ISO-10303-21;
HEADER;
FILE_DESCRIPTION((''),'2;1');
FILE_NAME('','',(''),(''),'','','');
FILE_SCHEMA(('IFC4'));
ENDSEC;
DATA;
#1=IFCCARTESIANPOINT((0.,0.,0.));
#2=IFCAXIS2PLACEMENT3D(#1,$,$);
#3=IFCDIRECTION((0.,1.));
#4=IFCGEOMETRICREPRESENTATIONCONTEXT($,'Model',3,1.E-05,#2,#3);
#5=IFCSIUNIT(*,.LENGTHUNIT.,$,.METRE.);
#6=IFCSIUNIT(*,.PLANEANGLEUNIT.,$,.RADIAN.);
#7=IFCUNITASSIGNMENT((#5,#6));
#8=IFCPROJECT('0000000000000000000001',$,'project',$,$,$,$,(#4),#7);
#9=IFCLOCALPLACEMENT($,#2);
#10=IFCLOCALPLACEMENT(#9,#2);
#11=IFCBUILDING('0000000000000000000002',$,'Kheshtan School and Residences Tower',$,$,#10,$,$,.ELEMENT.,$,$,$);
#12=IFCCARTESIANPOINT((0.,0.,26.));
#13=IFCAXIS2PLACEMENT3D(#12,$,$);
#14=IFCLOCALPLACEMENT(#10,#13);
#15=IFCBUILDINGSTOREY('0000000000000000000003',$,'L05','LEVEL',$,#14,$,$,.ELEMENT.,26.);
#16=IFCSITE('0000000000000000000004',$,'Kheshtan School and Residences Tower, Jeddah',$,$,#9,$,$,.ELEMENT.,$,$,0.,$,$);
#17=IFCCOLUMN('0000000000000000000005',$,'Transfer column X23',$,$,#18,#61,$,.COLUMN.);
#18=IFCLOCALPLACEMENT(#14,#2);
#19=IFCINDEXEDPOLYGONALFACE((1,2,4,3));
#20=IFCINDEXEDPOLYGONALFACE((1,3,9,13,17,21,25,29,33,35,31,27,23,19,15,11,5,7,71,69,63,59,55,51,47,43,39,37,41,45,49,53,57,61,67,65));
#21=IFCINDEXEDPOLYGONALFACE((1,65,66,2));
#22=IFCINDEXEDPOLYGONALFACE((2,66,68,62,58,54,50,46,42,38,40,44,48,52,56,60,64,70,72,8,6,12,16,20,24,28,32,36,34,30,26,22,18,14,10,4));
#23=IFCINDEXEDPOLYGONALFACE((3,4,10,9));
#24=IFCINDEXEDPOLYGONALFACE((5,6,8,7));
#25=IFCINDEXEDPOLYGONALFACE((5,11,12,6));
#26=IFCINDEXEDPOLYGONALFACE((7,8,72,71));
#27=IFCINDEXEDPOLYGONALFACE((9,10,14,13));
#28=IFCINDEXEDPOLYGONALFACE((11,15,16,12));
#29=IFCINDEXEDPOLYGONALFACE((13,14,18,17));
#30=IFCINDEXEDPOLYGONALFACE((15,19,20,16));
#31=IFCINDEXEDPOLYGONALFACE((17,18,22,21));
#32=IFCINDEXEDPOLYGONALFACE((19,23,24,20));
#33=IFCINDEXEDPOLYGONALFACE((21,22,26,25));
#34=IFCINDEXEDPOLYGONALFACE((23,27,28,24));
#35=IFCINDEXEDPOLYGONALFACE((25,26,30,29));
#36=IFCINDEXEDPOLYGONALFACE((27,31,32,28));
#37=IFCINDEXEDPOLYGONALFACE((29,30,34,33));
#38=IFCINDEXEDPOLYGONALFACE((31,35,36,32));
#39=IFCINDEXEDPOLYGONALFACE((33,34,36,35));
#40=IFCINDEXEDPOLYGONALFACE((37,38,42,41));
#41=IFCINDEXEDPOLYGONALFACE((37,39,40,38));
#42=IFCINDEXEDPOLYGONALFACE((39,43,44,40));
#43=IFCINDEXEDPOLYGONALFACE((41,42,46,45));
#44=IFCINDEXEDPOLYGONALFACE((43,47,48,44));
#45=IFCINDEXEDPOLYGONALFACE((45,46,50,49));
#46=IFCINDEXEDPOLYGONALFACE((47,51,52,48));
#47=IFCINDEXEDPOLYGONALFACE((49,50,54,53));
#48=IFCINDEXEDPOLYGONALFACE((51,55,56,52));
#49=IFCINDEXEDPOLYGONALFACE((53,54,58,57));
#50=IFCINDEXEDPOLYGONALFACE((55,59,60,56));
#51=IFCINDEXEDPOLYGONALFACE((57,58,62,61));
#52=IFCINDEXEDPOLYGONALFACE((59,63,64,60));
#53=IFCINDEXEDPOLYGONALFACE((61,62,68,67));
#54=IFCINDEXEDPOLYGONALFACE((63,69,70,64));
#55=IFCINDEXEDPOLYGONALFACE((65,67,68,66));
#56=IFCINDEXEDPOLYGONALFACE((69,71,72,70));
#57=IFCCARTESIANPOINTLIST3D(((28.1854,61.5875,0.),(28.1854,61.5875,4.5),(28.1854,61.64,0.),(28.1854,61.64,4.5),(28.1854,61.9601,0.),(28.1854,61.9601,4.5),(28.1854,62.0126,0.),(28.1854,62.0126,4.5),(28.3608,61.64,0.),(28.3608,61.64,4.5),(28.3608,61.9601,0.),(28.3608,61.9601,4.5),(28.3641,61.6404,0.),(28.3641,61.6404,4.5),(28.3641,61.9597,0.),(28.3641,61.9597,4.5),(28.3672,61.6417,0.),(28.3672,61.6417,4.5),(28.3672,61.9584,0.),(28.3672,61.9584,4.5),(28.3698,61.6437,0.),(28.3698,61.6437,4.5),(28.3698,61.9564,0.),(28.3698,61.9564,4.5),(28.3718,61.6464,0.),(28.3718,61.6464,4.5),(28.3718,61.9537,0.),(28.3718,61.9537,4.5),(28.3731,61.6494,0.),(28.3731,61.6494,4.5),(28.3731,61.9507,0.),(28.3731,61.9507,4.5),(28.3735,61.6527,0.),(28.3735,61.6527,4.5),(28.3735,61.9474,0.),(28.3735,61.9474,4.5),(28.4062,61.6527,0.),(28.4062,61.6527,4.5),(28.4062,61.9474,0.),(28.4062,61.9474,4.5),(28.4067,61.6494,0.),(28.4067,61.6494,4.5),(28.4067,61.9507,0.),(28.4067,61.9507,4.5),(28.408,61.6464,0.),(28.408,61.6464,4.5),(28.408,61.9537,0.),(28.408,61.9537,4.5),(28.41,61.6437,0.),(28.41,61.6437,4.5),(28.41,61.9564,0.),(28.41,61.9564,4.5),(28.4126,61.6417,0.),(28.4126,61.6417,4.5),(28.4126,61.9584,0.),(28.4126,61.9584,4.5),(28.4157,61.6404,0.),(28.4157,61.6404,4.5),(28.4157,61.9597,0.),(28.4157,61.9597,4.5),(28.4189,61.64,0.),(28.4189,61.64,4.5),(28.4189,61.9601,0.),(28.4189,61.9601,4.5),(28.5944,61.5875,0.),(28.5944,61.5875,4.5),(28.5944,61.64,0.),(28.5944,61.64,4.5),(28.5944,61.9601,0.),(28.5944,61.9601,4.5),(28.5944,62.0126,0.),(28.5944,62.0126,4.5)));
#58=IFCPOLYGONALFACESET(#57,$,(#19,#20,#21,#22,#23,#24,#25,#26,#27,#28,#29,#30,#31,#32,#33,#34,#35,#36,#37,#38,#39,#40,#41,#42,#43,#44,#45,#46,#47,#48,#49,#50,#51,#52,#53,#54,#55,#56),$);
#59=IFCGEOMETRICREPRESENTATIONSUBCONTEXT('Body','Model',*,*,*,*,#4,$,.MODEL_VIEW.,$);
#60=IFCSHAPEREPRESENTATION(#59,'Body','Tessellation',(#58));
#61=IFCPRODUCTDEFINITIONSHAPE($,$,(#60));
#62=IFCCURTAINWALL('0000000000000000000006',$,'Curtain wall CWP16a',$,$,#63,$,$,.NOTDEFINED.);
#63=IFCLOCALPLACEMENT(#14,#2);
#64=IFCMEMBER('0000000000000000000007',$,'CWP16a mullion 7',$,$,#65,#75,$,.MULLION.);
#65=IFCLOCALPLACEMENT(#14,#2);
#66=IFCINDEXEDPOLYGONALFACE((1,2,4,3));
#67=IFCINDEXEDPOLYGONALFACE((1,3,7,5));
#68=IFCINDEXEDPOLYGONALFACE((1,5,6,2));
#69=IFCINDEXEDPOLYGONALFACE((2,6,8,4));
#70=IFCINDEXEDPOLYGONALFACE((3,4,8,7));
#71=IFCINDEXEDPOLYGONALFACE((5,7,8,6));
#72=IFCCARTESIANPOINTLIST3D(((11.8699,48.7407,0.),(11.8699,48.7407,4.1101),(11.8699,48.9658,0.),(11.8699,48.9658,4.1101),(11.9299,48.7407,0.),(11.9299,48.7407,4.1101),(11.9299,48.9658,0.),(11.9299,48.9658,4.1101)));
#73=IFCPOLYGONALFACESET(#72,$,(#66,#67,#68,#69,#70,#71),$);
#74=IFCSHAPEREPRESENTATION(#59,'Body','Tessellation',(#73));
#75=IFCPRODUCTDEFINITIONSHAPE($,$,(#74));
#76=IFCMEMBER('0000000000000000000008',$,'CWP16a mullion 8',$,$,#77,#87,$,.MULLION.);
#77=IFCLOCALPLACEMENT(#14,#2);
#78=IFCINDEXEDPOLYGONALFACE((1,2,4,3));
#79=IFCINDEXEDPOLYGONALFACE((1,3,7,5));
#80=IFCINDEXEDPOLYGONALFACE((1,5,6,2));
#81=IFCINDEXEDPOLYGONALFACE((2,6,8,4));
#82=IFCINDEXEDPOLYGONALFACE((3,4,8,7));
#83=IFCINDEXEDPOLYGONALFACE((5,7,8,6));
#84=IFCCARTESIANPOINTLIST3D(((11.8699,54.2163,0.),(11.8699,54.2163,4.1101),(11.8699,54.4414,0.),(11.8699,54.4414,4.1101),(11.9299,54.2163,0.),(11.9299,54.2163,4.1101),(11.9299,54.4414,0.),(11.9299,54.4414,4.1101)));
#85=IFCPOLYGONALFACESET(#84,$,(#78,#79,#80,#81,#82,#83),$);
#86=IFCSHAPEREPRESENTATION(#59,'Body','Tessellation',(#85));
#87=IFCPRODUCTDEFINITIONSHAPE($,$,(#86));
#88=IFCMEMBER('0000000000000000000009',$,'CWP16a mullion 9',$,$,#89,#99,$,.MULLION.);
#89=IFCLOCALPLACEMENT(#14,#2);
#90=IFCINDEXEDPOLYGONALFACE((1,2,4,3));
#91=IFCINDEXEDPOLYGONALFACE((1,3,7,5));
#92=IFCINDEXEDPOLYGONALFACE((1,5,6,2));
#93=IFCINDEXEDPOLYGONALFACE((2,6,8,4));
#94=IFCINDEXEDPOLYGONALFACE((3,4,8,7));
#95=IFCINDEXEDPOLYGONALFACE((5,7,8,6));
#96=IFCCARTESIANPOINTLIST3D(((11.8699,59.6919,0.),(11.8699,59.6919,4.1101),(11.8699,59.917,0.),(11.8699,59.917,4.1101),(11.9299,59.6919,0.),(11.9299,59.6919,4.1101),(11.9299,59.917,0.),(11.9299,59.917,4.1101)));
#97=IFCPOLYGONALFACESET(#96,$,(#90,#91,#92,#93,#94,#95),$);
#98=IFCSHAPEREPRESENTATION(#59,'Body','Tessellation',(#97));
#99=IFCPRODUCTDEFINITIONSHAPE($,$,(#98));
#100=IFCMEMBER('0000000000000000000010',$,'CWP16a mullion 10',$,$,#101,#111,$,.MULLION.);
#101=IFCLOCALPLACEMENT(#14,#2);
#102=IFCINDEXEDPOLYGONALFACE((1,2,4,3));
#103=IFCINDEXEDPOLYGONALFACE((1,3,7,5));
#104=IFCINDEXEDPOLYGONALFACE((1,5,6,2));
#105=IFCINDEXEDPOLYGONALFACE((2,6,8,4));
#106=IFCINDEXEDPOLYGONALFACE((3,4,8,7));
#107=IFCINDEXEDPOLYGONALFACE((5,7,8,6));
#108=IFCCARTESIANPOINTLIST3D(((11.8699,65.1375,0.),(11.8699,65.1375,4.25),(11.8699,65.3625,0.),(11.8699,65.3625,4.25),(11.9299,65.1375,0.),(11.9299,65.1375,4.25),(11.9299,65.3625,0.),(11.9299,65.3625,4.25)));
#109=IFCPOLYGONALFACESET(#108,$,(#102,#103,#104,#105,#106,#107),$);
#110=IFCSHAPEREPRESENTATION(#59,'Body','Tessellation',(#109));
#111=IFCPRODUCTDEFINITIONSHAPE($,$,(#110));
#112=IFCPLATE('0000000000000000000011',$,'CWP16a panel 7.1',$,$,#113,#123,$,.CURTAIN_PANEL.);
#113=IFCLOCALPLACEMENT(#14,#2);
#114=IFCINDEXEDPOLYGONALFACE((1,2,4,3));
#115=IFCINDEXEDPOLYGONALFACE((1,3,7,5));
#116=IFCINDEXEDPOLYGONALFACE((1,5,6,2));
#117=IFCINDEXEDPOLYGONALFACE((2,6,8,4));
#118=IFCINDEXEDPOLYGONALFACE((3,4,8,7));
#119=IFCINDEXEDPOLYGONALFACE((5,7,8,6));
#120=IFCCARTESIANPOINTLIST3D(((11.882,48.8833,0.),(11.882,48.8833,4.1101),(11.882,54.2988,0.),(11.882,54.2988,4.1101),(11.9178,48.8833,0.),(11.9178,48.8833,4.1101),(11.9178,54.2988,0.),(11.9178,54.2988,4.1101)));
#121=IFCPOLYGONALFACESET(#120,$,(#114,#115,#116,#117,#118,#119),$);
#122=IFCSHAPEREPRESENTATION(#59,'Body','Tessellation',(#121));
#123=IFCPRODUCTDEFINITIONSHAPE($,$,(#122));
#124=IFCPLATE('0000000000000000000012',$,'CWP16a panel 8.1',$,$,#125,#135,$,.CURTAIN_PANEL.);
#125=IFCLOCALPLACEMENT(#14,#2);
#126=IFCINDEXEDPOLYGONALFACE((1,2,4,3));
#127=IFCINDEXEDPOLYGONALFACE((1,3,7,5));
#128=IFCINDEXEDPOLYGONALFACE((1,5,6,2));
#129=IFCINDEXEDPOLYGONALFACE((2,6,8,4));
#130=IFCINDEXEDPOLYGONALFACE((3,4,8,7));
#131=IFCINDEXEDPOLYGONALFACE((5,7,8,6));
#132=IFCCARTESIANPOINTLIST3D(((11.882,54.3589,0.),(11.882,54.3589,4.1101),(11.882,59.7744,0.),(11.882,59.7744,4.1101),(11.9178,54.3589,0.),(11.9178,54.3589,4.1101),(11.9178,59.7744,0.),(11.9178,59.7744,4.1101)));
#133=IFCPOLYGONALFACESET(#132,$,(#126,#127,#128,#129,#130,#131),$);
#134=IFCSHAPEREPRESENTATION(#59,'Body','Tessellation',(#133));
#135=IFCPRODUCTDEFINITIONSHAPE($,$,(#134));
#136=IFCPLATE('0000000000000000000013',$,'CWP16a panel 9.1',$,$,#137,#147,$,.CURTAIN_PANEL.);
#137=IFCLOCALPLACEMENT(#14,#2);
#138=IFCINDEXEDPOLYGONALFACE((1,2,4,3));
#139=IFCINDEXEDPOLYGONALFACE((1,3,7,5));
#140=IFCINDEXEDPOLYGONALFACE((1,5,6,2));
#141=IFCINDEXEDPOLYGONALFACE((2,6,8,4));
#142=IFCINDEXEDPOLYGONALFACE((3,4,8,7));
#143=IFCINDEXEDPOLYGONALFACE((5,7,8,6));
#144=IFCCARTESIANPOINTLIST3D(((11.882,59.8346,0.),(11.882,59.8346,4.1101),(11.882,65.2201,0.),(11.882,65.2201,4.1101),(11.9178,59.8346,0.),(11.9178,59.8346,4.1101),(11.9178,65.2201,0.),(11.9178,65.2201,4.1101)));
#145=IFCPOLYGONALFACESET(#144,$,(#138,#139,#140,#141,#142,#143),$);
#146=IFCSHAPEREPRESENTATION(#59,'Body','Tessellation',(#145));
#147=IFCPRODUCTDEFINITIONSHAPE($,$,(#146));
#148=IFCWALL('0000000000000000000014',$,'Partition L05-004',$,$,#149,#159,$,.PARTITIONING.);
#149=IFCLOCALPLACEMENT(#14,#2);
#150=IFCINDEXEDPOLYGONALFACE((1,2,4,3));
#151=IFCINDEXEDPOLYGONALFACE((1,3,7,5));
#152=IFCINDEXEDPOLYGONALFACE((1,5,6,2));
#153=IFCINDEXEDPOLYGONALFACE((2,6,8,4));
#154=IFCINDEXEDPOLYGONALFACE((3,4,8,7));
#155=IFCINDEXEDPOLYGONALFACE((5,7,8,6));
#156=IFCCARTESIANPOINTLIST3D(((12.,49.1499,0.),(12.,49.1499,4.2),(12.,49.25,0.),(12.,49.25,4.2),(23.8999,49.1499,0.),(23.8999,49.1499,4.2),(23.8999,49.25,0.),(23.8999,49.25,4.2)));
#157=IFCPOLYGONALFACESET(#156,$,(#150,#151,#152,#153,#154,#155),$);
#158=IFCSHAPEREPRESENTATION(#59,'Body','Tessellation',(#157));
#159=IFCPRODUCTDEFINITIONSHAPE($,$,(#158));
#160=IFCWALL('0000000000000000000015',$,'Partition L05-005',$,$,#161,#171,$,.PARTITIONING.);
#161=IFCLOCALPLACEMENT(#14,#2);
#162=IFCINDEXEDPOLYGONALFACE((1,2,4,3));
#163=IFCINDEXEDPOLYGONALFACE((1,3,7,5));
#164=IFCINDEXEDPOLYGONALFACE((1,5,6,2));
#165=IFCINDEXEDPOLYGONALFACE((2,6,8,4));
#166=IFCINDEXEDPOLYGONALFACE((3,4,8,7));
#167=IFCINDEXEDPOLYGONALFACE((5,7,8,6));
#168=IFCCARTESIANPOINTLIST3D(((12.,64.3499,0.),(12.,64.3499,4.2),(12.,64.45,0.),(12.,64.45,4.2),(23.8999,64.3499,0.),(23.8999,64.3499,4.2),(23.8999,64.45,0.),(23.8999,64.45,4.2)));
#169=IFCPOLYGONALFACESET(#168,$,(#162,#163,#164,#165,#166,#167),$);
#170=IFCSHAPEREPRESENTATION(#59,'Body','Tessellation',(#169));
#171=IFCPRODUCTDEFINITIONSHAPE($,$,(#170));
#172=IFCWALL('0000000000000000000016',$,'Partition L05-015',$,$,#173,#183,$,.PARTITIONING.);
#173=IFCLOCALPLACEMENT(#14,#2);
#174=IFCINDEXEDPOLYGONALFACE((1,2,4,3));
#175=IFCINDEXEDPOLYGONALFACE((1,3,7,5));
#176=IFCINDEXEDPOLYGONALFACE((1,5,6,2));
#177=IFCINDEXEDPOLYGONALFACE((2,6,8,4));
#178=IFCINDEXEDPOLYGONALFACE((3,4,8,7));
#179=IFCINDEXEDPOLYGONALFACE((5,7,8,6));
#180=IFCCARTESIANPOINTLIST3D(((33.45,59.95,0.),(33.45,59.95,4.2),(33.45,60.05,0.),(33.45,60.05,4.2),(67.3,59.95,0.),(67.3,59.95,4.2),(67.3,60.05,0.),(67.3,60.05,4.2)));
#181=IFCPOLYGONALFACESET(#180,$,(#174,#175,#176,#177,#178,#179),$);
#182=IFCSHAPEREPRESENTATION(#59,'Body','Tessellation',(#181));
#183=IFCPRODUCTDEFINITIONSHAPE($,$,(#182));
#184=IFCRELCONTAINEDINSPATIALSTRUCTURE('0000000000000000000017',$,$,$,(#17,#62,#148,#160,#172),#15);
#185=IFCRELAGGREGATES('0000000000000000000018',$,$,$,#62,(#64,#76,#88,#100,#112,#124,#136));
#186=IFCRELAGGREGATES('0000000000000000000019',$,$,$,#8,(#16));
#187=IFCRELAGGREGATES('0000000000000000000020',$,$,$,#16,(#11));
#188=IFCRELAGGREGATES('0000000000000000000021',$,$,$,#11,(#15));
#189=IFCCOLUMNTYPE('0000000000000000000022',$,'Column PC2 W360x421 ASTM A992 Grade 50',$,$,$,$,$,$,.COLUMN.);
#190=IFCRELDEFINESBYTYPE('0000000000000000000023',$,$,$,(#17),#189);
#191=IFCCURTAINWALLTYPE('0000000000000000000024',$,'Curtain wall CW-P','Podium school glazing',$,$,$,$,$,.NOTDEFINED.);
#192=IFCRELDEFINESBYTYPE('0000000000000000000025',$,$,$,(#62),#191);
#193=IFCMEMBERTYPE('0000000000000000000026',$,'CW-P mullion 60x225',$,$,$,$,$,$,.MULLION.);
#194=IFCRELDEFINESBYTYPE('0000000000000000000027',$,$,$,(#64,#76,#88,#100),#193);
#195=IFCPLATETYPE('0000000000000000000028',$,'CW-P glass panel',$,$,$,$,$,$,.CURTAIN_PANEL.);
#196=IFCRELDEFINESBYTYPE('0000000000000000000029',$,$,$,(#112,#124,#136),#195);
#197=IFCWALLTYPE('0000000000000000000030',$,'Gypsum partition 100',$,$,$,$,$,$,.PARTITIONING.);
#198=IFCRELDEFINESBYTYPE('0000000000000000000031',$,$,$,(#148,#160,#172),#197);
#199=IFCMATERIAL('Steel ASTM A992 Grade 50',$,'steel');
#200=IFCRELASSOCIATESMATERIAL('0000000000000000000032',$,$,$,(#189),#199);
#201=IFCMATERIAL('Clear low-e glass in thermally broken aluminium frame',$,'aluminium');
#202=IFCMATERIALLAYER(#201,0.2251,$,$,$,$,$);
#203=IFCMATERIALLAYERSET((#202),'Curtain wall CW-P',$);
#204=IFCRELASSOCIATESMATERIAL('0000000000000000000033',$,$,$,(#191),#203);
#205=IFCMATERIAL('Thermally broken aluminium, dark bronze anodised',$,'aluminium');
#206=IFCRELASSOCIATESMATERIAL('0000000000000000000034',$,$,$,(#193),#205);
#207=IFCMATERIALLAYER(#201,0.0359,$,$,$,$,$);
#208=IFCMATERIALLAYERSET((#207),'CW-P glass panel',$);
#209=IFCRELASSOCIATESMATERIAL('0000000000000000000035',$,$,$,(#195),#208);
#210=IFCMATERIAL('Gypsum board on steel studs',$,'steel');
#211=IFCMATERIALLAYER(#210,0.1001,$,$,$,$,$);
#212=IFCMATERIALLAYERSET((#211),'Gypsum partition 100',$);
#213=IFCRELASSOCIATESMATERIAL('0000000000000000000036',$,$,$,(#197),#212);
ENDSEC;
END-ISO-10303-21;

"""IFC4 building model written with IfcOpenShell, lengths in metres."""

from ifc_helpers import new_model, si_unit, direction, frame, frame_2d, origin, origin_2d, place, context, subcontext, project, spatial, rectangle, i_section, extrude, material, layer, layer_set, material_profile, profile_set, type_object, element, aggregate, save


model = new_model("IFC4")

# Units and contexts
model_context = context("Model", 3, precision=1e-05, world=origin(), true_north=direction((0.0, 1.0)))
body_context = subcontext(model_context, "Body", "Model", "MODEL_VIEW")
ifc_project = project(units=[si_unit("LENGTHUNIT", "METRE"), si_unit("PLANEANGLEUNIT", "RADIAN")], contexts=[model_context])

# Site, building, storey
site_placement = place(None, origin())
site = spatial("IfcSite", under=ifc_project, at=site_placement, Name="Kheshtan School and Residences Tower, Jeddah", CompositionType="ELEMENT", RefElevation=0.0)
building_placement = place(site_placement, origin())
building = spatial("IfcBuilding", under=site, at=building_placement, Name="Kheshtan School and Residences Tower", CompositionType="ELEMENT")
storey_placement = place(building_placement, frame((0.0, 0.0, 26.0)))
storey = spatial("IfcBuildingStorey", under=building, at=storey_placement, Name="L05", Description="LEVEL", CompositionType="ELEMENT", Elevation=26.0)

# Column
ifc_material_1 = material(Name="Steel ASTM A992 Grade 50", Category="steel")
ifc_material_profile_1 = material_profile(ifc_material_1, i_section(OverallWidth=0.4089, OverallDepth=0.425, WebThickness=0.0327, FlangeThickness=0.0525, FilletRadius=0.0127, at=origin_2d()), Name="W360x421")
ifc_profile_set_1 = profile_set([ifc_material_profile_1], Name="Steel ASTM A992 Grade 50")
column_type = type_object("IfcColumnType", Name="Column PC2 W360x421 ASTM A992 Grade 50", PredefinedType="COLUMN", material=ifc_profile_set_1)
for number, where, z_axis, x_axis, name in (
    (1, (28.3899, 61.8, 0.0), (0.0, 0.0, 1.0), (1.0, 0.0, 0.0), "Transfer column X23"),
):
    element("IfcColumn", number, at=place(storey_placement, frame(where, z_axis=z_axis, x_axis=x_axis)), inside=storey, type_object=column_type, Name=name, PredefinedType="COLUMN", context=body_context, shape_type="SweptSolid", body=[
        extrude(i_section(OverallWidth=0.4089, OverallDepth=0.425, WebThickness=0.0327, FlangeThickness=0.0525, FilletRadius=0.0127, at=origin_2d()), origin(), (0.0, 0.0, 1.0), 4.5),
    ])

# Curtain wall, members, plates
ifc_material_2 = material(Name="Clear low-e glass in thermally broken aluminium frame", Category="aluminium")
ifc_layer_1 = layer(ifc_material_2, 0.2251)
ifc_layer_set_1 = layer_set([ifc_layer_1], Name="Curtain wall CW-P")
curtain_wall_type = type_object("IfcCurtainWallType", Name="Curtain wall CW-P", Description="Podium school glazing", PredefinedType="NOTDEFINED", material=ifc_layer_set_1)
curtain_wall_placement = place(storey_placement, origin())
curtain_wall = element("IfcCurtainWall", 2, at=curtain_wall_placement, inside=storey, type_object=curtain_wall_type, Name="Curtain wall CWP16a", PredefinedType="NOTDEFINED")
ifc_material_3 = material(Name="Thermally broken aluminium, dark bronze anodised", Category="aluminium")
ifc_material_profile_2 = material_profile(ifc_material_3, rectangle(XDim=0.0601, YDim=0.2251, at=origin_2d()), Name="CW-P mullion 60x225")
ifc_profile_set_2 = profile_set([ifc_material_profile_2], Name="Thermally broken aluminium, dark bronze anodised")
member_type = type_object("IfcMemberType", Name="CW-P mullion 60x225", PredefinedType="MULLION", material=ifc_profile_set_2)
member_1_placement = place(storey_placement, frame((11.8999, 48.8533, 0.0), z_axis=(0.0, 0.0, 1.0), x_axis=(-1.0, 0.0, 0.0)))
member_1 = element("IfcMember", 3, at=member_1_placement, type_object=member_type, Name="CWP16a mullion 7", PredefinedType="MULLION", context=body_context, shape_type="SweptSolid", body=[
    extrude(rectangle(XDim=0.0601, YDim=0.2251, at=origin_2d()), origin(), (0.0, 0.0, 1.0), 4.1101),
])
member_2_placement = place(storey_placement, frame((11.8999, 54.3289, 0.0), z_axis=(0.0, 0.0, 1.0), x_axis=(-1.0, 0.0, 0.0)))
member_2 = element("IfcMember", 4, at=member_2_placement, type_object=member_type, Name="CWP16a mullion 8", PredefinedType="MULLION", context=body_context, shape_type="SweptSolid", body=[
    extrude(rectangle(XDim=0.0601, YDim=0.2251, at=origin_2d()), origin(), (0.0, 0.0, 1.0), 4.1101),
])
member_3_placement = place(storey_placement, frame((11.8999, 59.8044, 0.0), z_axis=(0.0, 0.0, 1.0), x_axis=(-1.0, 0.0, 0.0)))
member_3 = element("IfcMember", 5, at=member_3_placement, type_object=member_type, Name="CWP16a mullion 9", PredefinedType="MULLION", context=body_context, shape_type="SweptSolid", body=[
    extrude(rectangle(XDim=0.0601, YDim=0.2251, at=origin_2d()), origin(), (0.0, 0.0, 1.0), 4.1101),
])
member_4_placement = place(storey_placement, frame((11.8999, 65.25, 0.0), z_axis=(0.0, 0.0, 1.0), x_axis=(-1.0, 0.0, 0.0)))
member_4 = element("IfcMember", 6, at=member_4_placement, type_object=member_type, Name="CWP16a mullion 10", PredefinedType="MULLION", context=body_context, shape_type="SweptSolid", body=[
    extrude(rectangle(XDim=0.0601, YDim=0.2251, at=origin_2d()), origin(), (0.0, 0.0, 1.0), 4.25),
])
ifc_layer_2 = layer(ifc_material_2, 0.0359)
ifc_layer_set_2 = layer_set([ifc_layer_2], Name="CW-P glass panel")
plate_type = type_object("IfcPlateType", Name="CW-P glass panel", PredefinedType="CURTAIN_PANEL", material=ifc_layer_set_2)
plate_1_placement = place(storey_placement, frame((11.8999, 51.5911, 0.0), z_axis=(0.0, 0.0, 1.0), x_axis=(0.0, 1.0, 0.0)))
plate_1 = element("IfcPlate", 7, at=plate_1_placement, type_object=plate_type, Name="CWP16a panel 7.1", PredefinedType="CURTAIN_PANEL", context=body_context, shape_type="SweptSolid", body=[
    extrude(rectangle(XDim=5.4155, YDim=0.0359, at=origin_2d()), origin(), (0.0, 0.0, 1.0), 4.1101),
])
plate_2_placement = place(storey_placement, frame((11.8999, 57.0667, 0.0), z_axis=(0.0, 0.0, 1.0), x_axis=(0.0, 1.0, 0.0)))
plate_2 = element("IfcPlate", 8, at=plate_2_placement, type_object=plate_type, Name="CWP16a panel 8.1", PredefinedType="CURTAIN_PANEL", context=body_context, shape_type="SweptSolid", body=[
    extrude(rectangle(XDim=5.4155, YDim=0.0359, at=origin_2d()), origin(), (0.0, 0.0, 1.0), 4.1101),
])
plate_3_placement = place(storey_placement, frame((11.8999, 62.5273, 0.0), z_axis=(0.0, 0.0, 1.0), x_axis=(0.0, 1.0, 0.0)))
plate_3 = element("IfcPlate", 9, at=plate_3_placement, type_object=plate_type, Name="CWP16a panel 9.1", PredefinedType="CURTAIN_PANEL", context=body_context, shape_type="SweptSolid", body=[
    extrude(rectangle(XDim=5.3855, YDim=0.0359, at=origin_2d()), origin(), (0.0, 0.0, 1.0), 4.1101),
])
aggregate(curtain_wall, [member_1, member_2, member_3, member_4, plate_1, plate_2, plate_3])

# Walls
ifc_material_4 = material(Name="Gypsum board on steel studs", Category="steel")
ifc_layer_3 = layer(ifc_material_4, 0.1001)
ifc_layer_set_3 = layer_set([ifc_layer_3], Name="Gypsum partition 100")
wall_type_1 = type_object("IfcWallType", Name="Gypsum partition 100", PredefinedType="PARTITIONING", material=ifc_layer_set_3)
for number, where, z_axis, x_axis, name in (
    (10, (12.0, 49.2, 0.0), (0.0, 0.0, 1.0), (1.0, 0.0, 0.0), "Partition L05-004"),
    (11, (12.0, 64.3999, 0.0), (0.0, 0.0, 1.0), (1.0, 0.0, 0.0), "Partition L05-005"),
):
    element("IfcWall", number, at=place(storey_placement, frame(where, z_axis=z_axis, x_axis=x_axis)), inside=storey, type_object=wall_type_1, Name=name, PredefinedType="PARTITIONING", context=body_context, shape_type="SweptSolid", body=[
        extrude(rectangle(XDim=11.8999, YDim=0.1001, at=frame_2d((5.95, 0.0))), origin(), (0.0, 0.0, 1.0), 4.2),
    ])
wall_1_placement = place(storey_placement, frame((33.45, 60.0, 0.0), z_axis=(0.0, 0.0, 1.0), x_axis=(1.0, 0.0, 0.0)))
element("IfcWall", 12, at=wall_1_placement, inside=storey, type_object=wall_type_1, Name="Partition L05-015", PredefinedType="PARTITIONING", context=body_context, shape_type="SweptSolid", body=[
    extrude(rectangle(XDim=33.8501, YDim=0.1001, at=frame_2d((16.925, 0.0))), origin(), (0.0, 0.0, 1.0), 4.2),
])

save(model, "model.ifc")
